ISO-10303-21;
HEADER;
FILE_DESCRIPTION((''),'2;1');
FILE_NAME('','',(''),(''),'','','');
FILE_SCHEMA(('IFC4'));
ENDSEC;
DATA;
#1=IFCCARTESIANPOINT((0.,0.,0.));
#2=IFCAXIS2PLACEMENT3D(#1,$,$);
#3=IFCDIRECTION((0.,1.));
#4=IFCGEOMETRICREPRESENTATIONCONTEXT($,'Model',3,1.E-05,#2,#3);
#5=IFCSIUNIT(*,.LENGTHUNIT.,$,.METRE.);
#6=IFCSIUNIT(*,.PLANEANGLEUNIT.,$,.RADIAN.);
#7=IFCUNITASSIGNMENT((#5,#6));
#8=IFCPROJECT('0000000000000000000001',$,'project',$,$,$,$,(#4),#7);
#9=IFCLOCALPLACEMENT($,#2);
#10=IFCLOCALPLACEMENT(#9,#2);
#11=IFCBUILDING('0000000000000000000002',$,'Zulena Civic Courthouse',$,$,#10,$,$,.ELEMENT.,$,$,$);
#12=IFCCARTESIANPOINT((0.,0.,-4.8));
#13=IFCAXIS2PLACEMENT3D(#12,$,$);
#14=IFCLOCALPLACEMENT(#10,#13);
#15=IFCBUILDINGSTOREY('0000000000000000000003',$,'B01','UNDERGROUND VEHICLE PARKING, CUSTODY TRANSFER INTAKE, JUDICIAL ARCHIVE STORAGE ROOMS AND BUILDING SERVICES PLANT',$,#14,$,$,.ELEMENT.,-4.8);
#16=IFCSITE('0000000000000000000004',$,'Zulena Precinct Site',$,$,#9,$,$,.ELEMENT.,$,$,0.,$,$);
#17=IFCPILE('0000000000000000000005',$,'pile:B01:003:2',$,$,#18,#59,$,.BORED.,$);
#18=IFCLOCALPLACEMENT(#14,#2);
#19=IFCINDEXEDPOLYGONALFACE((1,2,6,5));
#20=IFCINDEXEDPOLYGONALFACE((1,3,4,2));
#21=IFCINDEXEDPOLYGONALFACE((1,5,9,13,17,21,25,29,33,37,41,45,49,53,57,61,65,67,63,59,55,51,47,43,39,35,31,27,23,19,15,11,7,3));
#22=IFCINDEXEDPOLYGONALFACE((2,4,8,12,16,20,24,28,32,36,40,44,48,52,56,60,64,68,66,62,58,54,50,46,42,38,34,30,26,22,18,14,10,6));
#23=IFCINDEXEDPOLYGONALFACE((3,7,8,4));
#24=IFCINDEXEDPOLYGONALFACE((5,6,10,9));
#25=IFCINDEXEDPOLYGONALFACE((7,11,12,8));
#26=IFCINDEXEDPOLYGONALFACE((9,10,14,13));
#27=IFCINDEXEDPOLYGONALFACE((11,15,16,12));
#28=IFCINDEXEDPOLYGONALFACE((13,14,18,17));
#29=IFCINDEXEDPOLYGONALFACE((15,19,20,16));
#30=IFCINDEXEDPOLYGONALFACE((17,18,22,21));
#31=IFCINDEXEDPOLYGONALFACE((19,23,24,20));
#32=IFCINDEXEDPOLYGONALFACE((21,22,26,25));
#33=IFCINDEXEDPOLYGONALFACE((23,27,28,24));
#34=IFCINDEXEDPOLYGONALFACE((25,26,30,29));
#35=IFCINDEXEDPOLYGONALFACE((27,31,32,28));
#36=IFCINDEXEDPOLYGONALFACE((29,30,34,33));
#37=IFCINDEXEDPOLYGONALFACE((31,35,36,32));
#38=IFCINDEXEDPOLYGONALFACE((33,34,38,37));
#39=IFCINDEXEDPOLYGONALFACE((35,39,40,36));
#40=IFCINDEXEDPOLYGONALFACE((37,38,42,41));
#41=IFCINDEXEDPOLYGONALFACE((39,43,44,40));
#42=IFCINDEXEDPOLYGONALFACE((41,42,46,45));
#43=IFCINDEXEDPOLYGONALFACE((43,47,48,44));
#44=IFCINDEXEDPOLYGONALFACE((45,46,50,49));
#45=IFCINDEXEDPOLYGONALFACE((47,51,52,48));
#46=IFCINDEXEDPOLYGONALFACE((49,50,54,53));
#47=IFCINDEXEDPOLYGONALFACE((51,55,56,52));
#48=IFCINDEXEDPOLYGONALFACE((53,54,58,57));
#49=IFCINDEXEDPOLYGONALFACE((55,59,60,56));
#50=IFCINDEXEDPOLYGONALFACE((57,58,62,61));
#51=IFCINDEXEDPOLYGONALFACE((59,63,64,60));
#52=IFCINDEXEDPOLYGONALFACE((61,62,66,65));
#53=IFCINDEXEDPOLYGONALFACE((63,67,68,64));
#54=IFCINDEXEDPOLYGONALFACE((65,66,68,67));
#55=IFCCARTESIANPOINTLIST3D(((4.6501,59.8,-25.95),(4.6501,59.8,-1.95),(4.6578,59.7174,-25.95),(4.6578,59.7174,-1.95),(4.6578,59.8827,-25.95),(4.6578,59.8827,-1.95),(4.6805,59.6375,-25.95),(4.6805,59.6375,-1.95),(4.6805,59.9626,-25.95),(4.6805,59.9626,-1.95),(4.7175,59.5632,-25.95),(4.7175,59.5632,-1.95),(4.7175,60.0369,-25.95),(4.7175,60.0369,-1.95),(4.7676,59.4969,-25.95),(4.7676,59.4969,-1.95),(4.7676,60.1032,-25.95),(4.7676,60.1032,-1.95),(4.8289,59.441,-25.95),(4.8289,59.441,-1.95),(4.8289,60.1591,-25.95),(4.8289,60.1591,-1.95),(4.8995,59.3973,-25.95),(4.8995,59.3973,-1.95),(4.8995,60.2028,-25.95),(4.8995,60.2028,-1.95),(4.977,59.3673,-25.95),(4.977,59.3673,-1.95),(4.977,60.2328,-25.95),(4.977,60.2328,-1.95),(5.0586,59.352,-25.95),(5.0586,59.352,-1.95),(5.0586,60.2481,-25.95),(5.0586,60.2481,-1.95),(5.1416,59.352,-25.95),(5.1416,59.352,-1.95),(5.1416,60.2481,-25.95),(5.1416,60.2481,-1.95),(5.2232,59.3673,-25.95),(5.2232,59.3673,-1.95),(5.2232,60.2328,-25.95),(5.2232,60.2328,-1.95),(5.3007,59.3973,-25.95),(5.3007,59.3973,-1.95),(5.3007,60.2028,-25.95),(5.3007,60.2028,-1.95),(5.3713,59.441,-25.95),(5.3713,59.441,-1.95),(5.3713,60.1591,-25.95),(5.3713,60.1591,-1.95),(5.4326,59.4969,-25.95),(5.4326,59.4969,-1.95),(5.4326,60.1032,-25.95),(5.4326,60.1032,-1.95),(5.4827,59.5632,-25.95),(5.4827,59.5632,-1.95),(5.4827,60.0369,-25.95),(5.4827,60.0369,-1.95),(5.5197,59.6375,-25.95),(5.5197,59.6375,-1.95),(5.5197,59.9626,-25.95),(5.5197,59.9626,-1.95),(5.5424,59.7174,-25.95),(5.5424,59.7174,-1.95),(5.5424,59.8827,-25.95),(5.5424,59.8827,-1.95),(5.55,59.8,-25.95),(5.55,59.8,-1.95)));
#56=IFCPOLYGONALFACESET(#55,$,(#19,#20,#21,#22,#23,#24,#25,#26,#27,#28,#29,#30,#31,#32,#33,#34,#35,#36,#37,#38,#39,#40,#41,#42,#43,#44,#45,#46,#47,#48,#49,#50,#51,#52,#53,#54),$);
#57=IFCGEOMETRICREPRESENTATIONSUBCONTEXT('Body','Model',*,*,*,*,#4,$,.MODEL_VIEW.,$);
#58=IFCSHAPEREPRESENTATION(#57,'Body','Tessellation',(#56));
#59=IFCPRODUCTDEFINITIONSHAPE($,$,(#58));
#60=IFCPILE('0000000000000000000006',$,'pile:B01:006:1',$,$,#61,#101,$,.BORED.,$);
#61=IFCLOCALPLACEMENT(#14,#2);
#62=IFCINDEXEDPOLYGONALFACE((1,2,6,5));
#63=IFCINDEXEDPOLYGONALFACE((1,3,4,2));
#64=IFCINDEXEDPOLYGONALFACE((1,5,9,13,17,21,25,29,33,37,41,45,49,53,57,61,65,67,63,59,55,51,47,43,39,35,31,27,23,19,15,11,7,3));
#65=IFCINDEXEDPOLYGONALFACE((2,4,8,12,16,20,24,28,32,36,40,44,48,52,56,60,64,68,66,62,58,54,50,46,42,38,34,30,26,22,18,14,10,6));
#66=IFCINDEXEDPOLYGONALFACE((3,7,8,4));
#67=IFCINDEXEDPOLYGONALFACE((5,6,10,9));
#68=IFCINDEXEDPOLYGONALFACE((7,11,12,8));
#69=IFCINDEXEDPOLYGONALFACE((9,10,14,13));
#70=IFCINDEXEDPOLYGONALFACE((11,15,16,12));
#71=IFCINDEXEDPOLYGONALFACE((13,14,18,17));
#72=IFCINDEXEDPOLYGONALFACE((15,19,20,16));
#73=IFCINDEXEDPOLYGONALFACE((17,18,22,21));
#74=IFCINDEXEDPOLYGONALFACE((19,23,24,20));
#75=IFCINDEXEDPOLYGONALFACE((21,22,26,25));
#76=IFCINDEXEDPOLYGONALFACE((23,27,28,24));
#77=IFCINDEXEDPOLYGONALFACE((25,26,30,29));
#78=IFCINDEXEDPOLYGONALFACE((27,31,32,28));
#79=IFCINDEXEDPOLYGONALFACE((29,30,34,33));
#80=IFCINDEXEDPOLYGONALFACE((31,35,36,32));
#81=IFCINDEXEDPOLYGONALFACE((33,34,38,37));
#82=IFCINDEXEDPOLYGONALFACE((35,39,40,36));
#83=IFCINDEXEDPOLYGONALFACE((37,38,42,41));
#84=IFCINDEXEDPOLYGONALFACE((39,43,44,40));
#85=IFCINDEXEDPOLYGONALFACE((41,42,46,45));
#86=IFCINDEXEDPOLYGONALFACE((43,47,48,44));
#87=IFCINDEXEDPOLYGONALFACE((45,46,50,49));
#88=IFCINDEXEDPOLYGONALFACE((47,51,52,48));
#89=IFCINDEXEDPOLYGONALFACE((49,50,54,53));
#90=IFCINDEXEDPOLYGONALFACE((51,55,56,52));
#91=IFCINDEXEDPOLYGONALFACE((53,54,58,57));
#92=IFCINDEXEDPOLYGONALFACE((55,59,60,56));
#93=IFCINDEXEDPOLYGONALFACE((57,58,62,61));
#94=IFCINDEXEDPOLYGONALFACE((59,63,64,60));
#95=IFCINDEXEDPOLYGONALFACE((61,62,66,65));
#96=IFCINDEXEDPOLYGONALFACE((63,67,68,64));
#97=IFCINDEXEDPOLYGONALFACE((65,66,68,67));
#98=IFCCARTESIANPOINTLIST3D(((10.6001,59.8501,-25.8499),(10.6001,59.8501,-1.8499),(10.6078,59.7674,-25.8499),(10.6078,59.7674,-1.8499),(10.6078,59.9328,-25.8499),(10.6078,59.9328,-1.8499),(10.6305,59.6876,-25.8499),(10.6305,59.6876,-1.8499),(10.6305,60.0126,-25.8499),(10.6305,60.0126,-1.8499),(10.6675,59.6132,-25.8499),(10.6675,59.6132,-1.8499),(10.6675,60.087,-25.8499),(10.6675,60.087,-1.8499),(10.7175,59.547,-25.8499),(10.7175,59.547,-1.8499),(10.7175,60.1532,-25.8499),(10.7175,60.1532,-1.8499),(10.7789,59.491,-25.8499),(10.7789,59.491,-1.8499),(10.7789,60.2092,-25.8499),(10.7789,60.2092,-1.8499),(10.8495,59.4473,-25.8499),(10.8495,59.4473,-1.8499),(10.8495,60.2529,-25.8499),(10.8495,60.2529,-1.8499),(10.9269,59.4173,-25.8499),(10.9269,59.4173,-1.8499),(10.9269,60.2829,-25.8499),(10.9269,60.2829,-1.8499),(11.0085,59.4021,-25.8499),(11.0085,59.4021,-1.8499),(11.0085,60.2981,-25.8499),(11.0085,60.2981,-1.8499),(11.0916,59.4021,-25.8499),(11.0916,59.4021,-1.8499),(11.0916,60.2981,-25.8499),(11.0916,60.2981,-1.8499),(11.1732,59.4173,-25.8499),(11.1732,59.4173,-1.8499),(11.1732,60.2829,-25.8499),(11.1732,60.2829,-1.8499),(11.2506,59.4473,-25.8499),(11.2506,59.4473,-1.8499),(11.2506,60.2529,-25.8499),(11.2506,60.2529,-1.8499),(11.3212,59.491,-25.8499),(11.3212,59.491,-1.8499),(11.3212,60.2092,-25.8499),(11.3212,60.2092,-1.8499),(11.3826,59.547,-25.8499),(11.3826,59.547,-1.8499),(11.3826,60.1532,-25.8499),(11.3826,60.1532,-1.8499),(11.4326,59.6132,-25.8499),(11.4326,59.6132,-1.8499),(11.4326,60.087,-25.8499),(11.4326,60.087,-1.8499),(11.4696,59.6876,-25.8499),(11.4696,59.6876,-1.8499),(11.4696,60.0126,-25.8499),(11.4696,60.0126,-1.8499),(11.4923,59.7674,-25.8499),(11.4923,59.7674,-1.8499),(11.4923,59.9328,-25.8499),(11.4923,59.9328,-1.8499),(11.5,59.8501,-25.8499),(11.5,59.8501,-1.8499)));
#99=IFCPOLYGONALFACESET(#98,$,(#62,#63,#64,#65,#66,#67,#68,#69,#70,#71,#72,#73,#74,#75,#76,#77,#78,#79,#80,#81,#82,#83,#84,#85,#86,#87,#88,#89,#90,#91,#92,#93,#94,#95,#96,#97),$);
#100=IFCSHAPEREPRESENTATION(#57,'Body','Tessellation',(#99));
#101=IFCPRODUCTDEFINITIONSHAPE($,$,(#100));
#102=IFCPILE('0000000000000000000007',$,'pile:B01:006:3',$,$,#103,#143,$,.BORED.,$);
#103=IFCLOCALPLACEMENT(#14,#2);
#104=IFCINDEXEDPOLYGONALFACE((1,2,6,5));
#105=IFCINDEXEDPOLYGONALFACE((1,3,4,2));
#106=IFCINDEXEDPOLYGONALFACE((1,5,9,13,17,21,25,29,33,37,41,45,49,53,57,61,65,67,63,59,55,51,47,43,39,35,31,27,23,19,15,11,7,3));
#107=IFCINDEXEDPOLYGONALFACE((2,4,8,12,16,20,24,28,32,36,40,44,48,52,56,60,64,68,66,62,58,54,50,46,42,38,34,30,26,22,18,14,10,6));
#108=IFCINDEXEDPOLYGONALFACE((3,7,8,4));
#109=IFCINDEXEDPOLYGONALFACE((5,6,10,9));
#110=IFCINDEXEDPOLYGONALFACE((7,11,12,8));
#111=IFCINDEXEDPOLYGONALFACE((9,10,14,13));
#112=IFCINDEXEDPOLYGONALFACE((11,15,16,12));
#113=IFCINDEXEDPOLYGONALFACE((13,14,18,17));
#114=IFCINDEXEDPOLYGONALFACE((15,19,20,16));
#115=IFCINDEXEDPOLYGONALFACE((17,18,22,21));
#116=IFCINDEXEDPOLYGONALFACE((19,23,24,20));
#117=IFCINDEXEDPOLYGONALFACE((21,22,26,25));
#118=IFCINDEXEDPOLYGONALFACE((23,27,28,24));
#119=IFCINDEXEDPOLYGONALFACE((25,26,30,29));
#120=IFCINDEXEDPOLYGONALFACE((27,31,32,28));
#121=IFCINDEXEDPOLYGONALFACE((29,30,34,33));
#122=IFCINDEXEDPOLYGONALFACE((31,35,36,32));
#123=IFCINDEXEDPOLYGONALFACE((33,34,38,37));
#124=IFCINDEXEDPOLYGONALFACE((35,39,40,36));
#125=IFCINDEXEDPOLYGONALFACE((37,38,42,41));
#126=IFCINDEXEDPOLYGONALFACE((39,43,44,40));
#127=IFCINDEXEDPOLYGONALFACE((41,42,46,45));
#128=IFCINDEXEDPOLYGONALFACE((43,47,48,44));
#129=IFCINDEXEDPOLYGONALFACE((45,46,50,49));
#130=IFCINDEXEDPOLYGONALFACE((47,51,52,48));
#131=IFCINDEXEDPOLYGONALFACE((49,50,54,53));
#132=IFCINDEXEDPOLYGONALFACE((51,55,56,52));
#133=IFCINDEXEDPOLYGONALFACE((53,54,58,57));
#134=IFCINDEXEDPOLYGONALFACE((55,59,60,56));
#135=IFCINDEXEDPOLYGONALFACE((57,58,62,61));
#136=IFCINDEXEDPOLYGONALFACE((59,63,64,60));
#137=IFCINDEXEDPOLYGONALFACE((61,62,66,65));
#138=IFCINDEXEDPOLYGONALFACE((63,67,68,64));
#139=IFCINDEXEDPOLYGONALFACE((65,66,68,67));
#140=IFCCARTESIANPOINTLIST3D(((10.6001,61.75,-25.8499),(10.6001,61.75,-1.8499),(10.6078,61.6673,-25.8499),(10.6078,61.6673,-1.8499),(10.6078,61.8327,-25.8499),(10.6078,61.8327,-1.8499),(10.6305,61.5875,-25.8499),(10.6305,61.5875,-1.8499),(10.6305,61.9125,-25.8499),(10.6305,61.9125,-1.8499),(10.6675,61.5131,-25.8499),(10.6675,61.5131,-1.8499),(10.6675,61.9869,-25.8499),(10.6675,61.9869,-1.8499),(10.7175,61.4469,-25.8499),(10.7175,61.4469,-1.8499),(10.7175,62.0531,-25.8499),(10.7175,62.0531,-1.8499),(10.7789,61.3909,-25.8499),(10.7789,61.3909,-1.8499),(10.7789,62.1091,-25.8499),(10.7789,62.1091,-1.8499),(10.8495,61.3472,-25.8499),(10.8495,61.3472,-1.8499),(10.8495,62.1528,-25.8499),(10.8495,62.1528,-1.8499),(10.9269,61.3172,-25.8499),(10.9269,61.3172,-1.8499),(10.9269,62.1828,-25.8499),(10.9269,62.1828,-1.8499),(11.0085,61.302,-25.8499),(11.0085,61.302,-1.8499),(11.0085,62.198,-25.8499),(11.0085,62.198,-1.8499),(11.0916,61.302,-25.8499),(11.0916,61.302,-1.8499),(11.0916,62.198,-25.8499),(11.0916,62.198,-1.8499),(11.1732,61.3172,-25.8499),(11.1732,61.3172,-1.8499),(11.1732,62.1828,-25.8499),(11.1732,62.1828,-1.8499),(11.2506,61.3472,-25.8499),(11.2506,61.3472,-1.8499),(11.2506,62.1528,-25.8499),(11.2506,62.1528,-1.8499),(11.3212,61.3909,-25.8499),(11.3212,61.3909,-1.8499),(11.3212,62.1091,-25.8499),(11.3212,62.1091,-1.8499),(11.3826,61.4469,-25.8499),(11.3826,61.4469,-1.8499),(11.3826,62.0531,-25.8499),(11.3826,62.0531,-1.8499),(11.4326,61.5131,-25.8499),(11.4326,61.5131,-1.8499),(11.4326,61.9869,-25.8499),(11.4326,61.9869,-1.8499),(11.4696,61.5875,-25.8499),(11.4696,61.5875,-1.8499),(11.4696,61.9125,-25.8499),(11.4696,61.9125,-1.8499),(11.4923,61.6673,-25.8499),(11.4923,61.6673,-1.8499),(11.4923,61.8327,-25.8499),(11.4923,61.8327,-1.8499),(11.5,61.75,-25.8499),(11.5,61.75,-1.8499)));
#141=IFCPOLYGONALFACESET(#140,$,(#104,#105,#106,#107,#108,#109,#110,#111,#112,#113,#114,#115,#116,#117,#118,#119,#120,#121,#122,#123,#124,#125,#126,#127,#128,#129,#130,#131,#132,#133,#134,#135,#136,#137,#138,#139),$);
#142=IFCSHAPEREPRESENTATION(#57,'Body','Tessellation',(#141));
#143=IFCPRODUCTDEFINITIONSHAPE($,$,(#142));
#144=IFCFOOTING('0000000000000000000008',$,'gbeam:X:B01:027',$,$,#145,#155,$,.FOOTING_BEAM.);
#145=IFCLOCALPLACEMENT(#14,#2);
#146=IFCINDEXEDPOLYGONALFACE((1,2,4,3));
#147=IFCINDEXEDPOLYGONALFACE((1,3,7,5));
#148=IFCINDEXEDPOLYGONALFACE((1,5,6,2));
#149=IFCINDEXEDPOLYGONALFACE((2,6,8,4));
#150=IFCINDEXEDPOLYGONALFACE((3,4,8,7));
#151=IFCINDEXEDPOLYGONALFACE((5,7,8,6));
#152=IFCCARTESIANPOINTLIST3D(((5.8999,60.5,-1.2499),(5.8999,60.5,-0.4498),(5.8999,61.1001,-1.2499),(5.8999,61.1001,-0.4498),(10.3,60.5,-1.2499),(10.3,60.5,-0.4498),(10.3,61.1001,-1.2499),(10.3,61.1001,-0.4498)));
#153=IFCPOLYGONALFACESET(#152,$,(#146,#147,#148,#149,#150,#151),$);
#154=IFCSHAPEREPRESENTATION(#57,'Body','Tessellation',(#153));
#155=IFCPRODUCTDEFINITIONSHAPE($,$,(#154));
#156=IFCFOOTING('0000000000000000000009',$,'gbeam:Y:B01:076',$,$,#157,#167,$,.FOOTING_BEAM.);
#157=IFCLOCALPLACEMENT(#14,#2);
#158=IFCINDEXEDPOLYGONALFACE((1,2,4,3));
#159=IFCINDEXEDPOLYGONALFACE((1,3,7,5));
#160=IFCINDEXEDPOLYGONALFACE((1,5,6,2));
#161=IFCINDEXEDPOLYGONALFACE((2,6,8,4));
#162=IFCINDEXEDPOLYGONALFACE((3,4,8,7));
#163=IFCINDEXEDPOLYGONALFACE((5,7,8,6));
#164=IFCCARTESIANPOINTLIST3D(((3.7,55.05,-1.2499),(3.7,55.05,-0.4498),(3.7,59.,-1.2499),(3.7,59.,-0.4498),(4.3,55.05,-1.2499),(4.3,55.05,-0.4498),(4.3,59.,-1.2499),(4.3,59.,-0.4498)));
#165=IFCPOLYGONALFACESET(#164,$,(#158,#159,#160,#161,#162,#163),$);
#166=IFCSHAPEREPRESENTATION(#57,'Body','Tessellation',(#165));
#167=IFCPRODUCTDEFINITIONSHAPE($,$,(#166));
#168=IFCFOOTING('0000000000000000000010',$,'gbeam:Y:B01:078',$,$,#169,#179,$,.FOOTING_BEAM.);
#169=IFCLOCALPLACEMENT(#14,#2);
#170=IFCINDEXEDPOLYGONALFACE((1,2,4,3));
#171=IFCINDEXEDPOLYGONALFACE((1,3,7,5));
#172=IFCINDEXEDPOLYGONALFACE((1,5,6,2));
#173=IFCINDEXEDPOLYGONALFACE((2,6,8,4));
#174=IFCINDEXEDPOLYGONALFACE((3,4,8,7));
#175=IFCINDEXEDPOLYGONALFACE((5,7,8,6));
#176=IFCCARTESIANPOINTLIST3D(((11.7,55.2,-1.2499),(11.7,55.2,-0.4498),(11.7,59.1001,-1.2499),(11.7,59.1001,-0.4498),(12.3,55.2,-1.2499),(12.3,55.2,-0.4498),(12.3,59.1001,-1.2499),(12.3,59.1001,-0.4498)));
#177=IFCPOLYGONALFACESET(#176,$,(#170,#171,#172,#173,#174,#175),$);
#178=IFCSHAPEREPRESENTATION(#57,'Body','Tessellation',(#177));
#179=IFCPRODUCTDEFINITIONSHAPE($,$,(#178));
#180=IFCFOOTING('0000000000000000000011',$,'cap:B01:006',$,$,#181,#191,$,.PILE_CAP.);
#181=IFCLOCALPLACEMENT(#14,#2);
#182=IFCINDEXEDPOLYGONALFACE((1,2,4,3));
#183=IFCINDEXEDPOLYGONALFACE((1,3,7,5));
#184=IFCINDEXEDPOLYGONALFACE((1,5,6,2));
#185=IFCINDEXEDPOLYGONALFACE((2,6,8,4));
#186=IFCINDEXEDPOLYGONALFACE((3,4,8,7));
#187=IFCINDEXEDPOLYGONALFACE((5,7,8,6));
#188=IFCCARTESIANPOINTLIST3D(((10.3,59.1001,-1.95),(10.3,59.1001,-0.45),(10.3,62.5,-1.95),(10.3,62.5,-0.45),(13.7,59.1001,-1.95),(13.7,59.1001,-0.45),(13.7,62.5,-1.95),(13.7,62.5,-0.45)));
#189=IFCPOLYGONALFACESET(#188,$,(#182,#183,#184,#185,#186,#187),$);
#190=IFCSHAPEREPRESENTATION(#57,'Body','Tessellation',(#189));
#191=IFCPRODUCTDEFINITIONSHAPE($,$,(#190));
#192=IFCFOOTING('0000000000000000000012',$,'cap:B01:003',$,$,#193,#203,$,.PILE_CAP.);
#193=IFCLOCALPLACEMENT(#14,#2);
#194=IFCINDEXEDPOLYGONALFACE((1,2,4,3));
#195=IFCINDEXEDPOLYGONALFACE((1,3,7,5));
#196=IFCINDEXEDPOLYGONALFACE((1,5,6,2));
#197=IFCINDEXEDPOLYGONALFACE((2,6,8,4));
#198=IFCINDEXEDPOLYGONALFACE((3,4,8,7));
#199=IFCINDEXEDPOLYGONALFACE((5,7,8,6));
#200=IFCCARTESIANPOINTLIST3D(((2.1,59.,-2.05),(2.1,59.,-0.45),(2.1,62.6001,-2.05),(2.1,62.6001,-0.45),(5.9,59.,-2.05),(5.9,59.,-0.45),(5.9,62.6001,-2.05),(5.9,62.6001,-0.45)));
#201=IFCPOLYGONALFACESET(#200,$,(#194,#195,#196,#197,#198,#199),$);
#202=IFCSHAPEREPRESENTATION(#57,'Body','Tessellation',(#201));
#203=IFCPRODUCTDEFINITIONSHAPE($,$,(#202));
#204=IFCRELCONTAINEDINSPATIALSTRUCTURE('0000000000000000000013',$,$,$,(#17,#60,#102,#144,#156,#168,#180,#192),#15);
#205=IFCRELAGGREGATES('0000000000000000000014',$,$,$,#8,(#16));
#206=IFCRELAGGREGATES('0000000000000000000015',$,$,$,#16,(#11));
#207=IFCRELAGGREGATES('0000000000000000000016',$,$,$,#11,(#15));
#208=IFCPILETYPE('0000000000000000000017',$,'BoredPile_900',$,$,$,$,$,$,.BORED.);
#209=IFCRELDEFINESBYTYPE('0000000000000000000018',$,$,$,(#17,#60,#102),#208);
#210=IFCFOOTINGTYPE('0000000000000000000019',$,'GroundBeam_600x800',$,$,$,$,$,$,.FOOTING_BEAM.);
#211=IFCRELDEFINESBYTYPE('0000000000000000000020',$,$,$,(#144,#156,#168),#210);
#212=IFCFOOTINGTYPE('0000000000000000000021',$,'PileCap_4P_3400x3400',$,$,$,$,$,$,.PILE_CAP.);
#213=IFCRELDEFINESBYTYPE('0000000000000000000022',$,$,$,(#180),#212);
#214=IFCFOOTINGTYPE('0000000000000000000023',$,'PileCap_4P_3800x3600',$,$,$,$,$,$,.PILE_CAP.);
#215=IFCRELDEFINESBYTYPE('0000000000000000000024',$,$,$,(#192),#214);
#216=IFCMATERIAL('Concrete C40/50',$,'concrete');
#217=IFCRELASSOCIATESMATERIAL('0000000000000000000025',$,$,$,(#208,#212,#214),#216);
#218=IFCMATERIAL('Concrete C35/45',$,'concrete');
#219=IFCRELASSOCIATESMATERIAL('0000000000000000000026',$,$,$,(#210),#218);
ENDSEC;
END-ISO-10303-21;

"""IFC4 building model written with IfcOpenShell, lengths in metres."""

from ifc_helpers import new_model, si_unit, direction, frame, origin, origin_2d, place, context, subcontext, project, spatial, rectangle, circle, extrude, material, material_profile, profile_set, type_object, element, save


model = new_model("IFC4")

# Units and contexts
model_context = context("Model", 3, precision=1e-05, world=origin(), true_north=direction((0.0, 1.0)))
body_context = subcontext(model_context, "Body", "Model", "MODEL_VIEW")
ifc_project = project(units=[si_unit("LENGTHUNIT", "METRE"), si_unit("PLANEANGLEUNIT", "RADIAN")], contexts=[model_context])

# Site, building, storey
site_placement = place(None, origin())
site = spatial("IfcSite", under=ifc_project, at=site_placement, Name="Zulena Precinct Site", CompositionType="ELEMENT", RefElevation=0.0)
building_placement = place(site_placement, origin())
building = spatial("IfcBuilding", under=site, at=building_placement, Name="Zulena Civic Courthouse", CompositionType="ELEMENT")
storey_placement = place(building_placement, frame((0.0, 0.0, -4.8)))
storey = spatial("IfcBuildingStorey", under=building, at=storey_placement, Name="B01", Description="UNDERGROUND VEHICLE PARKING, CUSTODY TRANSFER INTAKE, JUDICIAL ARCHIVE STORAGE ROOMS AND BUILDING SERVICES PLANT", CompositionType="ELEMENT", Elevation=-4.8)

# Piles
ifc_material_1 = material(Name="Concrete C40/50", Category="concrete")
ifc_material_profile_1 = material_profile(ifc_material_1, circle(Radius=0.45, at=origin_2d()), Name="PILE900")
ifc_profile_set_1 = profile_set([ifc_material_profile_1], Name="Concrete C40/50")
pile_type_1 = type_object("IfcPileType", Name="BoredPile_900", PredefinedType="BORED", material=ifc_profile_set_1)
for number, where, z_axis, x_axis, name in (
    (1, (5.1001, 59.8, -1.95), (0.0, 0.0, -1.0), (1.0, 0.0, 0.0), "pile:B01:003:2"),
    (2, (11.05, 59.8501, -1.8499), (0.0, 0.0, -1.0), (1.0, 0.0, 0.0), "pile:B01:006:1"),
    (3, (11.05, 61.75, -1.8499), (0.0, 0.0, -1.0), (1.0, 0.0, 0.0), "pile:B01:006:3"),
):
    element("IfcPile", number, at=place(storey_placement, frame(where, z_axis=z_axis, x_axis=x_axis)), inside=storey, type_object=pile_type_1, Name=name, PredefinedType="BORED", context=body_context, shape_type="SweptSolid", body=[
        extrude(circle(Radius=0.45, at=origin_2d()), origin(), (0.0, 0.0, 1.0), 24.0),
    ])

# Footings
ifc_material_2 = material(Name="Concrete C35/45", Category="concrete")
ifc_material_profile_2 = material_profile(ifc_material_2, rectangle(XDim=0.6001, YDim=0.8, at=origin_2d()), Name="RC600X800")
ifc_profile_set_2 = profile_set([ifc_material_profile_2], Name="Concrete C35/45")
footing_type_1 = type_object("IfcFootingType", Name="GroundBeam_600x800", PredefinedType="FOOTING_BEAM", material=ifc_profile_set_2)
footing_1_placement = place(storey_placement, frame((5.8999, 60.8, -0.8499), z_axis=(1.0, 0.0, 0.0), x_axis=(0.0, 1.0, 0.0)))
element("IfcFooting", 4, at=footing_1_placement, inside=storey, type_object=footing_type_1, Name="gbeam:X:B01:027", PredefinedType="FOOTING_BEAM", context=body_context, shape_type="SweptSolid", body=[
    extrude(rectangle(XDim=0.6001, YDim=0.8, at=origin_2d()), origin(), (0.0, 0.0, 1.0), 4.4001),
])
footing_2_placement = place(storey_placement, frame((4.0, 55.05, -0.8499), z_axis=(0.0, 1.0, 0.0), x_axis=(-1.0, 0.0, 0.0)))
element("IfcFooting", 5, at=footing_2_placement, inside=storey, type_object=footing_type_1, Name="gbeam:Y:B01:076", PredefinedType="FOOTING_BEAM", context=body_context, shape_type="SweptSolid", body=[
    extrude(rectangle(XDim=0.6001, YDim=0.8, at=origin_2d()), origin(), (0.0, 0.0, 1.0), 3.95),
])
footing_3_placement = place(storey_placement, frame((12.0, 55.2, -0.8499), z_axis=(0.0, 1.0, 0.0), x_axis=(-1.0, 0.0, 0.0)))
element("IfcFooting", 6, at=footing_3_placement, inside=storey, type_object=footing_type_1, Name="gbeam:Y:B01:078", PredefinedType="FOOTING_BEAM", context=body_context, shape_type="SweptSolid", body=[
    extrude(rectangle(XDim=0.6001, YDim=0.8, at=origin_2d()), origin(), (0.0, 0.0, 1.0), 3.9001),
])
footing_type_2 = type_object("IfcFootingType", Name="PileCap_4P_3400x3400", PredefinedType="PILE_CAP", material=ifc_material_1)
footing_4_placement = place(storey_placement, frame((12.0, 60.8, -1.95), z_axis=(0.0, 0.0, 1.0), x_axis=(1.0, 0.0, 0.0)))
element("IfcFooting", 7, at=footing_4_placement, inside=storey, type_object=footing_type_2, Name="cap:B01:006", PredefinedType="PILE_CAP", context=body_context, shape_type="SweptSolid", body=[
    extrude(rectangle(XDim=3.3999, YDim=3.3999, at=origin_2d()), origin(), (0.0, 0.0, 1.0), 1.5),
])
footing_type_3 = type_object("IfcFootingType", Name="PileCap_4P_3800x3600", PredefinedType="PILE_CAP", material=ifc_material_1)
footing_5_placement = place(storey_placement, frame((4.0, 60.8, -2.05), z_axis=(0.0, 0.0, 1.0), x_axis=(1.0, 0.0, 0.0)))
element("IfcFooting", 8, at=footing_5_placement, inside=storey, type_object=footing_type_3, Name="cap:B01:003", PredefinedType="PILE_CAP", context=body_context, shape_type="SweptSolid", body=[
    extrude(rectangle(XDim=3.8, YDim=3.6001, at=origin_2d()), origin(), (0.0, 0.0, 1.0), 1.6001),
])

save(model, "model.ifc")
